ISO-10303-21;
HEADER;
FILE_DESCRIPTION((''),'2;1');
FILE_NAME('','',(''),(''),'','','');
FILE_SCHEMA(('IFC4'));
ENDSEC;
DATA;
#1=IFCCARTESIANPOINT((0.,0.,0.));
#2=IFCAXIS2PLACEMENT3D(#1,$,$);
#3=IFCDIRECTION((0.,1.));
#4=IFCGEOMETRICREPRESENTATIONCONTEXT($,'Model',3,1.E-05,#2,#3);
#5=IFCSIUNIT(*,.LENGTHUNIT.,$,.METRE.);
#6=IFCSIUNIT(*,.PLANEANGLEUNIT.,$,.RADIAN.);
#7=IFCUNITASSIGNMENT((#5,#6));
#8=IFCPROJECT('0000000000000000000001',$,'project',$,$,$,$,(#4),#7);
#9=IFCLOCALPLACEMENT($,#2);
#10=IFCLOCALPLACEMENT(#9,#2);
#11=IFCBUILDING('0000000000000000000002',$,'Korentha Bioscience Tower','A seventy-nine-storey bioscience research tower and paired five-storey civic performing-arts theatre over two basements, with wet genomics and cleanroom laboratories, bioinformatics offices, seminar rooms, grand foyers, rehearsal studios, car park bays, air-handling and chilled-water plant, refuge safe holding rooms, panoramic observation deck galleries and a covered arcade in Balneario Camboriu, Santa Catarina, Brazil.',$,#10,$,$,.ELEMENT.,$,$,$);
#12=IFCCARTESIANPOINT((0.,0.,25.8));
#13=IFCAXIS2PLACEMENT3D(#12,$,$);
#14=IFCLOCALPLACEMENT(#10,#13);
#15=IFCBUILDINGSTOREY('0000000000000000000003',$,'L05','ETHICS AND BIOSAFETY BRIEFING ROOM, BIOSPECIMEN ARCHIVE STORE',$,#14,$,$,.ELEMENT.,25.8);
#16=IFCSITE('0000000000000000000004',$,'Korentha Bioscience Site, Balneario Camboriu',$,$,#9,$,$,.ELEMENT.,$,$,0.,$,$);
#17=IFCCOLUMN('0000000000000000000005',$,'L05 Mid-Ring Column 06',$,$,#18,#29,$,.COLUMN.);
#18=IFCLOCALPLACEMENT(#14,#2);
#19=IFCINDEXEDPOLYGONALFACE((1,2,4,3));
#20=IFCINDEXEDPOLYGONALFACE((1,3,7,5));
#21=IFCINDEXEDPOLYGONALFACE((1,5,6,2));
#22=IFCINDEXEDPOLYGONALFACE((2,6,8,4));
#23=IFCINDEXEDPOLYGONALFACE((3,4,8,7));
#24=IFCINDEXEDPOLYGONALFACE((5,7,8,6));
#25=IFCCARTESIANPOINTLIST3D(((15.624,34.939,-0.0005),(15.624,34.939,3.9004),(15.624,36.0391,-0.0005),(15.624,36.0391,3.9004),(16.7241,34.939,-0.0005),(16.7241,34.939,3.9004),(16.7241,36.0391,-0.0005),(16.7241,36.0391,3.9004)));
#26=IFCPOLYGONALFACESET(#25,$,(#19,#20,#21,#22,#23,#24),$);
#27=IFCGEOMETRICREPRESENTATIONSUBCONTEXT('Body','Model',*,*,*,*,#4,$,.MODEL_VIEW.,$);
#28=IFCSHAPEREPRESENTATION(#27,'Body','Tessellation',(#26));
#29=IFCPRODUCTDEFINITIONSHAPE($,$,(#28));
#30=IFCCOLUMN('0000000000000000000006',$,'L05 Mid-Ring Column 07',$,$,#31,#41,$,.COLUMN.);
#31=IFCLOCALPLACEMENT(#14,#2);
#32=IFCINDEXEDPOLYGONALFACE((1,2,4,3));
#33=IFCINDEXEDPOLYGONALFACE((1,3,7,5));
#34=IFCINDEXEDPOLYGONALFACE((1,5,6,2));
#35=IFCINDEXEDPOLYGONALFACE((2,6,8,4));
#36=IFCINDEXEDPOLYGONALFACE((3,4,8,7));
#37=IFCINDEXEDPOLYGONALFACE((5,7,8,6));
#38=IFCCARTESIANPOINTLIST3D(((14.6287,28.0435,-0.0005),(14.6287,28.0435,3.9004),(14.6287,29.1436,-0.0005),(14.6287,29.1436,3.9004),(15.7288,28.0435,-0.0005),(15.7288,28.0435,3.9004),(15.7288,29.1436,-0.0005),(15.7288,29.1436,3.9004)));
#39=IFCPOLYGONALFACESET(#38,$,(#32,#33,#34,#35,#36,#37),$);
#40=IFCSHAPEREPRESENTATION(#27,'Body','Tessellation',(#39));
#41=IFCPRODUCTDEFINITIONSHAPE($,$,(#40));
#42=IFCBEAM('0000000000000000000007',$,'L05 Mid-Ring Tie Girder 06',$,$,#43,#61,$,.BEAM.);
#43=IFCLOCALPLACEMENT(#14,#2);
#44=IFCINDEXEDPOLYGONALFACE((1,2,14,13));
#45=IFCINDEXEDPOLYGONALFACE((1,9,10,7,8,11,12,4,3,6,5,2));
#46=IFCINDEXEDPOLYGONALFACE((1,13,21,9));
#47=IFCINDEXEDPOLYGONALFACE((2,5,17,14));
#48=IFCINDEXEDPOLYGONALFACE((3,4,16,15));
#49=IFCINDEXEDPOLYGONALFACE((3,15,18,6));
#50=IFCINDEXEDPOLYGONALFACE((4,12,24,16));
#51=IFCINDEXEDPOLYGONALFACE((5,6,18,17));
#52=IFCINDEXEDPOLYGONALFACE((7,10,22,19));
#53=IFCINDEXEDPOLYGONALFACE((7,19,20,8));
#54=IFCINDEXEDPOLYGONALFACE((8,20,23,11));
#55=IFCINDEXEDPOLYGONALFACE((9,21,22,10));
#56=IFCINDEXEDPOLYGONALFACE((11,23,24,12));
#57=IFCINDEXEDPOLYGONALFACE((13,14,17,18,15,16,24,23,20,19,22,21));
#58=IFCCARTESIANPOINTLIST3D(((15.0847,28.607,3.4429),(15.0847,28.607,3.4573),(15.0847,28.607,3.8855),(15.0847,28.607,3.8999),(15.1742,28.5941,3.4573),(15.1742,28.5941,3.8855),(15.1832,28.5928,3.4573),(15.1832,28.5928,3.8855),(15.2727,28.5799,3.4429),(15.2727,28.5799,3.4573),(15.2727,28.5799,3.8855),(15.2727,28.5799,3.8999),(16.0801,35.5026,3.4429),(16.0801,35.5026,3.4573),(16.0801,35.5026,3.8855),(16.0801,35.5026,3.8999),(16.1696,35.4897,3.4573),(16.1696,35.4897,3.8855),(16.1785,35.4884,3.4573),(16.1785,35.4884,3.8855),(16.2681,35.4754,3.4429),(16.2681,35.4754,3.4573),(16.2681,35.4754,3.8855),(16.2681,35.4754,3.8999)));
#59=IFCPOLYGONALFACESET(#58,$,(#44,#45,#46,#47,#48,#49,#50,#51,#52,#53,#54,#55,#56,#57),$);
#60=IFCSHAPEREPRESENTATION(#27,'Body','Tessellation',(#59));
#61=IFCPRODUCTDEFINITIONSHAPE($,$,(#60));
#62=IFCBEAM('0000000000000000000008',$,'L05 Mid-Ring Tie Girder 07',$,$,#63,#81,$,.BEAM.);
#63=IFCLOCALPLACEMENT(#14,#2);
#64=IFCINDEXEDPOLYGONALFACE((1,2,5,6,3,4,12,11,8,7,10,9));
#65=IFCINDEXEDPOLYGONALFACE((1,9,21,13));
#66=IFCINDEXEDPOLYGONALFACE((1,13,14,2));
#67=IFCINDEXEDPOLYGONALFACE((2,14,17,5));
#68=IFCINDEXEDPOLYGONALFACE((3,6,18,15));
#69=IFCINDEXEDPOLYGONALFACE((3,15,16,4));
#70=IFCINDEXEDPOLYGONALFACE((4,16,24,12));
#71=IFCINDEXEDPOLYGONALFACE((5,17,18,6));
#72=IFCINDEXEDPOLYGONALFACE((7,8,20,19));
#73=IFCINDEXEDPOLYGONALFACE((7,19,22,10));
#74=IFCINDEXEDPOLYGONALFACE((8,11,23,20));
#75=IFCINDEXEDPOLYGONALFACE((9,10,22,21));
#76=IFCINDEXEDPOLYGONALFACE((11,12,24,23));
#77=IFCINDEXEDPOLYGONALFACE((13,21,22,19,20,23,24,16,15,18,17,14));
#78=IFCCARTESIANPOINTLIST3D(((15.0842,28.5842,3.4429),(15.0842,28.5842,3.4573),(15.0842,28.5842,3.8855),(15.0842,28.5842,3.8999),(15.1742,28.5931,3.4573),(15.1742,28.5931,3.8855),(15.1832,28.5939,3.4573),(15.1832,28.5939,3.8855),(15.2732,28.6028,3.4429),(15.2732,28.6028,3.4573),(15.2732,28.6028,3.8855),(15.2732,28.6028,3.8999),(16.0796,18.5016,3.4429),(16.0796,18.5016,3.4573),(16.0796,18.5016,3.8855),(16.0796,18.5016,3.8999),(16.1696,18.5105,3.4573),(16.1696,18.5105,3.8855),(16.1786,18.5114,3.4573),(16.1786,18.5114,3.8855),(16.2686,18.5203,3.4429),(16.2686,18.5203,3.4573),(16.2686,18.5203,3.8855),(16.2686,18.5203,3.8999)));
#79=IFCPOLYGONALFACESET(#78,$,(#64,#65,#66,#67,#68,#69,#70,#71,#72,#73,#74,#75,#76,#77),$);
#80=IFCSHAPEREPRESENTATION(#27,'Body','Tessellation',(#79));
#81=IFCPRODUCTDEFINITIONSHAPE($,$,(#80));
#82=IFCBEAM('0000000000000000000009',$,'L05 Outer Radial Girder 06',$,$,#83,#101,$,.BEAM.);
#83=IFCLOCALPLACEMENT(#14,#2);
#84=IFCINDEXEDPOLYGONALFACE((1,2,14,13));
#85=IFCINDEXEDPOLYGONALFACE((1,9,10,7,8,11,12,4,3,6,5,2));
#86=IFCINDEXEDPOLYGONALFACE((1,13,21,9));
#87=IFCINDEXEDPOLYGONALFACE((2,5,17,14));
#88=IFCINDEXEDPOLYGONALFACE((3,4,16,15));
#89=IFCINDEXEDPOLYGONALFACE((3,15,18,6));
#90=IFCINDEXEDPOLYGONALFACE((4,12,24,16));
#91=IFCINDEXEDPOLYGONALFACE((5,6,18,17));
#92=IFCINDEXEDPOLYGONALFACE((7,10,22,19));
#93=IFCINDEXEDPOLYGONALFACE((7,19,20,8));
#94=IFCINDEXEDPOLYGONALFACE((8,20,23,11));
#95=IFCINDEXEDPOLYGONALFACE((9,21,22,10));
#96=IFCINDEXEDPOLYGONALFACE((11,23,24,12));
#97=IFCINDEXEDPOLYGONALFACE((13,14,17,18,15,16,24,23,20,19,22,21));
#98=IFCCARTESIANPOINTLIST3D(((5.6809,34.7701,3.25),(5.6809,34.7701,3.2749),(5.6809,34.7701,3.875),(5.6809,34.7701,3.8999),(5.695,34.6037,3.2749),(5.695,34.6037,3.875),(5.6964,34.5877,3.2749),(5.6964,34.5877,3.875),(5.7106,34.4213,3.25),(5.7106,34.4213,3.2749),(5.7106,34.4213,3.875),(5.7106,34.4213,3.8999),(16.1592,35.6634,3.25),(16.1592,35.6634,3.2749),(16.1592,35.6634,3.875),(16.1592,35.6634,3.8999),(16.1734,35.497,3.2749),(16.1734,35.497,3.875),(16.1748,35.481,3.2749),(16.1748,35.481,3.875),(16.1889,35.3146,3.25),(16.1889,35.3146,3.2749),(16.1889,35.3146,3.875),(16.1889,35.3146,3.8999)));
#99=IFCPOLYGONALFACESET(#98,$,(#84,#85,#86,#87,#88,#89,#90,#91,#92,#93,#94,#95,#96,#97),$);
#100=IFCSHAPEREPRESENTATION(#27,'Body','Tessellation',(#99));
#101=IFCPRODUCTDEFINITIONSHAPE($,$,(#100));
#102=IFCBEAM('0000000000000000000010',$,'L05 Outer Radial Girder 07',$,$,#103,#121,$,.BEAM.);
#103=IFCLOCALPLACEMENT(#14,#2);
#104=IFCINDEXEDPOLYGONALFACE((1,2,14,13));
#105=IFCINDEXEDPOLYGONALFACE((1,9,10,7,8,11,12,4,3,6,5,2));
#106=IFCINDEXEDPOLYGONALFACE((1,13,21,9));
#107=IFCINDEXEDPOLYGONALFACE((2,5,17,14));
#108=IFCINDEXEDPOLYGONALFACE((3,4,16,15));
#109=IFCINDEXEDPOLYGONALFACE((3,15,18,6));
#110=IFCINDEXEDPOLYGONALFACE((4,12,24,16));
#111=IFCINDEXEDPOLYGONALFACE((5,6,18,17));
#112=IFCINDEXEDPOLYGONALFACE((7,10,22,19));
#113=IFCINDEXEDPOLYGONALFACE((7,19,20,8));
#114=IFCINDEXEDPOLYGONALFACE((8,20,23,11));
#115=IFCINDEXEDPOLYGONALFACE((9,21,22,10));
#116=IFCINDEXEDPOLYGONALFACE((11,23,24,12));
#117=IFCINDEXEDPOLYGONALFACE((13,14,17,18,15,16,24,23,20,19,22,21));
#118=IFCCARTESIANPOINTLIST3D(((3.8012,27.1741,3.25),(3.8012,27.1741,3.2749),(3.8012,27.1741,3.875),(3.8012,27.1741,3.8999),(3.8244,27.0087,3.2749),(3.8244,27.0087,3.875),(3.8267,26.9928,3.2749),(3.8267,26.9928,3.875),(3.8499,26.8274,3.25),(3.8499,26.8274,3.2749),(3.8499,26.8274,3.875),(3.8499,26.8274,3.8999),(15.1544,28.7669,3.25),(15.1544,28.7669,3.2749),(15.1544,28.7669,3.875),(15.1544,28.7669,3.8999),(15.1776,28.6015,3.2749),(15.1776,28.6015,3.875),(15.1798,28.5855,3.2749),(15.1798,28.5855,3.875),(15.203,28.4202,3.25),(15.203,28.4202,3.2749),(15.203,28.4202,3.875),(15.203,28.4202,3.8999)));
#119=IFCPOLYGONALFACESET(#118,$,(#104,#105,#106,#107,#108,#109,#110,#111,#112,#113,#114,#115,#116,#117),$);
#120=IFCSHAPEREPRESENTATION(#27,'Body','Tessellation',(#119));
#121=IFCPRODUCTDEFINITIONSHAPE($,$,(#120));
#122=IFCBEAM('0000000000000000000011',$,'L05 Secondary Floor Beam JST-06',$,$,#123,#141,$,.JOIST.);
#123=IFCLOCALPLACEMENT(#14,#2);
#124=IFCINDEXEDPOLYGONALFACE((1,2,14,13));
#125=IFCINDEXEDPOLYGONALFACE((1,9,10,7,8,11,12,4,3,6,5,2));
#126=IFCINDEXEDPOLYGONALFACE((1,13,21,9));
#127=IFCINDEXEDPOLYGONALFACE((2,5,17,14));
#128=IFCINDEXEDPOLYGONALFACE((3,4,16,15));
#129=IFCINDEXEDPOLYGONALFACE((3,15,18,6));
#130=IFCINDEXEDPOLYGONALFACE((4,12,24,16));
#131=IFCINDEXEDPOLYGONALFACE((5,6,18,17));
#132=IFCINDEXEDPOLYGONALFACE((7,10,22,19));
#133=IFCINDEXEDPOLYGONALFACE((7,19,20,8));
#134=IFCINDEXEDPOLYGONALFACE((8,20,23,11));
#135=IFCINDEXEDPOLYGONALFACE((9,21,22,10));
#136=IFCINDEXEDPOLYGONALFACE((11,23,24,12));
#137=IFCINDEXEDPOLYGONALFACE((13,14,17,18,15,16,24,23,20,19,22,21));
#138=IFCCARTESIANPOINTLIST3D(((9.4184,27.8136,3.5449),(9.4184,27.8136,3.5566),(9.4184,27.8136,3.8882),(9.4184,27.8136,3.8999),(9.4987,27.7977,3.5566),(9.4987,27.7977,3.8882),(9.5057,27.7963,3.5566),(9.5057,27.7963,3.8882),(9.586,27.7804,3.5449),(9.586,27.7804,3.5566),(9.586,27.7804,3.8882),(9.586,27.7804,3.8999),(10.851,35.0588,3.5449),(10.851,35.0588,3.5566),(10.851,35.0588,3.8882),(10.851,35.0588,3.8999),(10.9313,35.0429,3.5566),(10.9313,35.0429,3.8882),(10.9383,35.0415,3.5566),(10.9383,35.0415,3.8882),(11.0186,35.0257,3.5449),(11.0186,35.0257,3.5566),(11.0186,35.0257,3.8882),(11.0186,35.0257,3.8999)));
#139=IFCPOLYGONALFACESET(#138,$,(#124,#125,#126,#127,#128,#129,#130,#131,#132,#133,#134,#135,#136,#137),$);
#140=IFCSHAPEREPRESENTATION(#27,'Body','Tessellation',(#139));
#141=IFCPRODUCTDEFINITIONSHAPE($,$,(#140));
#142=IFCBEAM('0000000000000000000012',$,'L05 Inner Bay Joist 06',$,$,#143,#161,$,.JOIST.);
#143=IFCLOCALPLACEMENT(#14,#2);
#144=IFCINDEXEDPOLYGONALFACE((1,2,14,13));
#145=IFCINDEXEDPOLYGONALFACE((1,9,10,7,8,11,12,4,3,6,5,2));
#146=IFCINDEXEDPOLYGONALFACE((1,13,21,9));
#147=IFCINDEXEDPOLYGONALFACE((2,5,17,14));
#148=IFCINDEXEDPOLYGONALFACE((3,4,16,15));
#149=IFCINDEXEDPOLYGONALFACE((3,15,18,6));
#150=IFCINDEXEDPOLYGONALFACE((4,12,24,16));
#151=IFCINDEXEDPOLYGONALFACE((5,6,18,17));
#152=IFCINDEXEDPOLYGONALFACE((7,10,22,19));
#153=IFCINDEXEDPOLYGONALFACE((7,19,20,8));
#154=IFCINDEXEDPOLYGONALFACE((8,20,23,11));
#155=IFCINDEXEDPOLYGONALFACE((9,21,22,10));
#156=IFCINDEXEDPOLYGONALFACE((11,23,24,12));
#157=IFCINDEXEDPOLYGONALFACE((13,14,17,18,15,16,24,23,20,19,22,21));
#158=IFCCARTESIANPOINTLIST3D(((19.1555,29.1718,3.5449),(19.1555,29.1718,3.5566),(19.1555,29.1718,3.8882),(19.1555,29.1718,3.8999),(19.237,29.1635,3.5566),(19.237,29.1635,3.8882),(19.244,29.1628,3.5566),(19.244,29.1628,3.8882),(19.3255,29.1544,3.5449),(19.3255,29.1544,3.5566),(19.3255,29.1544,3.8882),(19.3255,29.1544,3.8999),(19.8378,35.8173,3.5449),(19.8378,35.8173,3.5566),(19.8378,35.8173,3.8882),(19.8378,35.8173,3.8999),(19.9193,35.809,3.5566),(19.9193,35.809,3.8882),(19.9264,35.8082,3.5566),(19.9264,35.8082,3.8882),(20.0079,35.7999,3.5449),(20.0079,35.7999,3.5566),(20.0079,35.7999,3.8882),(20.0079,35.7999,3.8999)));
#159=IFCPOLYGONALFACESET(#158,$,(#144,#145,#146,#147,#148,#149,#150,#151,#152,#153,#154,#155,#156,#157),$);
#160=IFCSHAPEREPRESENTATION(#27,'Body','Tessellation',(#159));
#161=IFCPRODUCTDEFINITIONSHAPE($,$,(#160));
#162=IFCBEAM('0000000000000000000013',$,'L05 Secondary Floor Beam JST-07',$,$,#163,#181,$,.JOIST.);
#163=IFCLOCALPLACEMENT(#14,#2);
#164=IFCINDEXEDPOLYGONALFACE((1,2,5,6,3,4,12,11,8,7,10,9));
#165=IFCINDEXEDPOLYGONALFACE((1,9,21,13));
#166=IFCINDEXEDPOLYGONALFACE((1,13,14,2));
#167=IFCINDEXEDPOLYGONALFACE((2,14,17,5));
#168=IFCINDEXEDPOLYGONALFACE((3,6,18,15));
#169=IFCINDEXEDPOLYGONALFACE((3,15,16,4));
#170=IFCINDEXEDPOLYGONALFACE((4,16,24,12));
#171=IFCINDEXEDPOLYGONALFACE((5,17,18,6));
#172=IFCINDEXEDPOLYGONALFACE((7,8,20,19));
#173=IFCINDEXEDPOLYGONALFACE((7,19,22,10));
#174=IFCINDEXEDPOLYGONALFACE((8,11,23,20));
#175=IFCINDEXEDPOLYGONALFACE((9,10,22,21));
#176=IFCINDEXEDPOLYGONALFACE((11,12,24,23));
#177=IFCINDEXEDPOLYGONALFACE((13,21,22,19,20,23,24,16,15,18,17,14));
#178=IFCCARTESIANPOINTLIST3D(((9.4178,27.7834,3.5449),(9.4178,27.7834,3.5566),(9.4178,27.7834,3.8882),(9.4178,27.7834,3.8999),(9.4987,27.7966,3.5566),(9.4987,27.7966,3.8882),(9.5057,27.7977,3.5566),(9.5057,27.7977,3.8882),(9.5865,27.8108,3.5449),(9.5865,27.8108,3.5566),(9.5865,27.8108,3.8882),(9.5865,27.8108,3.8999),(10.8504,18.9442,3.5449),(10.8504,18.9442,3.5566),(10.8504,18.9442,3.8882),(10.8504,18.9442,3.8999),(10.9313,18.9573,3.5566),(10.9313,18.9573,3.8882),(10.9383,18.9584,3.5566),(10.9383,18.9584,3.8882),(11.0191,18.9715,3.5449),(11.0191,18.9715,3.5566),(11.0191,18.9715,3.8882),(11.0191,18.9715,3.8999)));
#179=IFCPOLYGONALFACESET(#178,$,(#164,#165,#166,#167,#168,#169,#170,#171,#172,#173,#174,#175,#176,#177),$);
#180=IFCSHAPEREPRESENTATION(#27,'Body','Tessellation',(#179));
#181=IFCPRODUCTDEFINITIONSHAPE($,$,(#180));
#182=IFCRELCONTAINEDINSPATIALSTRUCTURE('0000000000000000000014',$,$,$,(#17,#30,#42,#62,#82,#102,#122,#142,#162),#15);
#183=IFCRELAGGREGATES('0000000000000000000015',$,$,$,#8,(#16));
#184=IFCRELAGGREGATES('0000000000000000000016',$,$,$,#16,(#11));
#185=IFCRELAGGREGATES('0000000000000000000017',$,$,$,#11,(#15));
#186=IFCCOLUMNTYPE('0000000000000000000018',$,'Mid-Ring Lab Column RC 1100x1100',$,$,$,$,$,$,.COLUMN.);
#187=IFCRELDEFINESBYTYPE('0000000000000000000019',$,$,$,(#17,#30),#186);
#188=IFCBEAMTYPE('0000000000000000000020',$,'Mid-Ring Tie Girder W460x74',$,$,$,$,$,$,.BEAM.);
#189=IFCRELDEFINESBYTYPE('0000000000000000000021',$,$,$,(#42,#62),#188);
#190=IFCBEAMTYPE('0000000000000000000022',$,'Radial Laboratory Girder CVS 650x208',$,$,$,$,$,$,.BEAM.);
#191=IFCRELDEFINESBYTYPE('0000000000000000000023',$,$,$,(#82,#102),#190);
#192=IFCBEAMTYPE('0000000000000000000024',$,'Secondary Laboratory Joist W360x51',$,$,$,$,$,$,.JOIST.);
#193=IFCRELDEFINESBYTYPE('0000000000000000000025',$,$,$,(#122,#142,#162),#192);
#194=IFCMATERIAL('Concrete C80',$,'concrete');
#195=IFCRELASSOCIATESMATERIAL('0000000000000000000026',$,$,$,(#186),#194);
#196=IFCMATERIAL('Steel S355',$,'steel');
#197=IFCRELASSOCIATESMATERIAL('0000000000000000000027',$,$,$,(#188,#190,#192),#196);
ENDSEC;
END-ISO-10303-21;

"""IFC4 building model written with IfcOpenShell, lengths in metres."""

from ifc_helpers import new_model, si_unit, direction, frame, origin, origin_2d, place, context, subcontext, project, spatial, rectangle, i_section, extrude, material, material_profile, profile_set, type_object, element, save


model = new_model("IFC4")

# Units and contexts
model_context = context("Model", 3, precision=1e-05, world=origin(), true_north=direction((0.0, 1.0)))
body_context = subcontext(model_context, "Body", "Model", "MODEL_VIEW")
ifc_project = project(units=[si_unit("LENGTHUNIT", "METRE"), si_unit("PLANEANGLEUNIT", "RADIAN")], contexts=[model_context])

# Site, building, storey
site_placement = place(None, origin())
site = spatial("IfcSite", under=ifc_project, at=site_placement, Name="Korentha Bioscience Site, Balneario Camboriu", CompositionType="ELEMENT", RefElevation=0.0)
building_placement = place(site_placement, origin())
building = spatial("IfcBuilding", under=site, at=building_placement, Name="Korentha Bioscience Tower", Description="A seventy-nine-storey bioscience research tower and paired five-storey civic performing-arts theatre over two basements, with wet genomics and cleanroom laboratories, bioinformatics offices, seminar rooms, grand foyers, rehearsal studios, car park bays, air-handling and chilled-water plant, refuge safe holding rooms, panoramic observation deck galleries and a covered arcade in Balneario Camboriu, Santa Catarina, Brazil.", CompositionType="ELEMENT")
storey_placement = place(building_placement, frame((0.0, 0.0, 25.8)))
storey = spatial("IfcBuildingStorey", under=building, at=storey_placement, Name="L05", Description="ETHICS AND BIOSAFETY BRIEFING ROOM, BIOSPECIMEN ARCHIVE STORE", CompositionType="ELEMENT", Elevation=25.8)

# Columns
ifc_material_1 = material(Name="Concrete C80", Category="concrete")
ifc_material_profile_1 = material_profile(ifc_material_1, rectangle(XDim=1.1001, YDim=1.1001, at=origin_2d()), Name="Concrete C80")
ifc_profile_set_1 = profile_set([ifc_material_profile_1], Name="Concrete C80 (COL-MR11)")
column_type = type_object("IfcColumnType", Name="Mid-Ring Lab Column RC 1100x1100", PredefinedType="COLUMN", material=ifc_profile_set_1)
for number, where, z_axis, x_axis, name in (
    (1, (16.1741, 35.489, -0.0005), (0.0, 0.0, 1.0), (1.0, 0.0, 0.0), "L05 Mid-Ring Column 06"),
    (2, (15.1787, 28.5935, -0.0005), (0.0, 0.0, 1.0), (1.0, 0.0, 0.0), "L05 Mid-Ring Column 07"),
):
    element("IfcColumn", number, at=place(storey_placement, frame(where, z_axis=z_axis, x_axis=x_axis)), inside=storey, type_object=column_type, Name=name, PredefinedType="COLUMN", context=body_context, shape_type="SweptSolid", body=[
        extrude(rectangle(XDim=1.1001, YDim=1.1001, at=origin_2d()), origin(), (0.0, 0.0, 1.0), 3.9009),
    ])

# Beams
ifc_material_2 = material(Name="Steel S355", Category="steel")
ifc_material_profile_2 = material_profile(ifc_material_2, i_section(OverallWidth=0.1899, OverallDepth=0.457, WebThickness=0.009, FlangeThickness=0.0144, at=origin_2d()), Name="Steel S355")
ifc_profile_set_2 = profile_set([ifc_material_profile_2], Name="Steel S355 (MB-460)")
beam_type_1 = type_object("IfcBeamType", Name="Mid-Ring Tie Girder W460x74", PredefinedType="BEAM", material=ifc_profile_set_2)
beam_1_placement = place(storey_placement, frame((16.1741, 35.489, 3.6714), z_axis=(-0.142868, -0.989742, 0.0), x_axis=(0.989742, -0.142868, 0.0)))
element("IfcBeam", 3, at=beam_1_placement, inside=storey, type_object=beam_type_1, Name="L05 Mid-Ring Tie Girder 06", PredefinedType="BEAM", context=body_context, shape_type="SweptSolid", body=[
    extrude(i_section(OverallWidth=0.1899, OverallDepth=0.457, WebThickness=0.009, FlangeThickness=0.0144, at=origin_2d()), origin(), (0.0, 0.0, 1.0), 6.967),
])
beam_2_placement = place(storey_placement, frame((15.1787, 28.5935, 3.6714), z_axis=(0.098244, -0.995162, 0.0), x_axis=(0.995162, 0.098244, 0.0)))
element("IfcBeam", 4, at=beam_2_placement, inside=storey, type_object=beam_type_1, Name="L05 Mid-Ring Tie Girder 07", PredefinedType="BEAM", context=body_context, shape_type="SweptSolid", body=[
    extrude(i_section(OverallWidth=0.1899, OverallDepth=0.457, WebThickness=0.009, FlangeThickness=0.0144, at=origin_2d()), origin(), (0.0, 0.0, 1.0), 10.1316),
])
ifc_material_profile_3 = material_profile(ifc_material_2, i_section(OverallWidth=0.3501, OverallDepth=0.6499, WebThickness=0.0161, FlangeThickness=0.0249, at=origin_2d()), Name="Steel S355")
ifc_profile_set_3 = profile_set([ifc_material_profile_3], Name="Steel S355 (RB-650)")
beam_type_2 = type_object("IfcBeamType", Name="Radial Laboratory Girder CVS 650x208", PredefinedType="BEAM", material=ifc_profile_set_3)
beam_3_placement = place(storey_placement, frame((16.1741, 35.489, 3.575), z_axis=(-0.996386, -0.084945, 0.0), x_axis=(0.084945, -0.996386, 0.0)))
element("IfcBeam", 5, at=beam_3_placement, inside=storey, type_object=beam_type_2, Name="L05 Outer Radial Girder 06", PredefinedType="BEAM", context=body_context, shape_type="SweptSolid", body=[
    extrude(i_section(OverallWidth=0.3501, OverallDepth=0.6499, WebThickness=0.0161, FlangeThickness=0.0249, at=origin_2d()), origin(), (0.0, 0.0, 1.0), 10.5164),
])
beam_4_placement = place(storey_placement, frame((15.1787, 28.5935, 3.575), z_axis=(-0.990302, -0.138931, 0.0), x_axis=(0.138931, -0.990302, 0.0)))
element("IfcBeam", 6, at=beam_4_placement, inside=storey, type_object=beam_type_2, Name="L05 Outer Radial Girder 07", PredefinedType="BEAM", context=body_context, shape_type="SweptSolid", body=[
    extrude(i_section(OverallWidth=0.3501, OverallDepth=0.6499, WebThickness=0.0161, FlangeThickness=0.0249, at=origin_2d()), origin(), (0.0, 0.0, 1.0), 11.4644),
])
ifc_material_profile_4 = material_profile(ifc_material_2, i_section(OverallWidth=0.1709, OverallDepth=0.355, WebThickness=0.0071, FlangeThickness=0.0117, at=origin_2d()), Name="Steel S355")
ifc_profile_set_4 = profile_set([ifc_material_profile_4], Name="Steel S355 (JB-360)")
beam_type_3 = type_object("IfcBeamType", Name="Secondary Laboratory Joist W360x51", PredefinedType="JOIST", material=ifc_profile_set_4)
beam_5_placement = place(storey_placement, frame((10.9348, 35.0422, 3.7224), z_axis=(-0.19398, -0.981006, 0.0), x_axis=(0.981006, -0.19398, 0.0)))
element("IfcBeam", 7, at=beam_5_placement, inside=storey, type_object=beam_type_3, Name="L05 Secondary Floor Beam JST-06", PredefinedType="JOIST", context=body_context, shape_type="SweptSolid", body=[
    extrude(i_section(OverallWidth=0.1709, OverallDepth=0.355, WebThickness=0.0071, FlangeThickness=0.0117, at=origin_2d()), origin(), (0.0, 0.0, 1.0), 7.3855),
])
beam_6_placement = place(storey_placement, frame((19.9229, 35.8086, 3.7224), z_axis=(-0.102145, -0.99477, 0.0), x_axis=(0.99477, -0.102145, 0.0)))
element("IfcBeam", 8, at=beam_6_placement, inside=storey, type_object=beam_type_3, Name="L05 Inner Bay Joist 06", PredefinedType="JOIST", context=body_context, shape_type="SweptSolid", body=[
    extrude(i_section(OverallWidth=0.1709, OverallDepth=0.355, WebThickness=0.0071, FlangeThickness=0.0117, at=origin_2d()), origin(), (0.0, 0.0, 1.0), 6.6804),
])
beam_7_placement = place(storey_placement, frame((9.5022, 27.7971, 3.7224), z_axis=(0.159985, -0.987119, 0.0), x_axis=(0.987119, 0.159985, 0.0)))
element("IfcBeam", 9, at=beam_7_placement, inside=storey, type_object=beam_type_3, Name="L05 Secondary Floor Beam JST-07", PredefinedType="JOIST", context=body_context, shape_type="SweptSolid", body=[
    extrude(i_section(OverallWidth=0.1709, OverallDepth=0.355, WebThickness=0.0071, FlangeThickness=0.0117, at=origin_2d()), origin(), (0.0, 0.0, 1.0), 8.9546),
])

save(model, "model.ifc")
